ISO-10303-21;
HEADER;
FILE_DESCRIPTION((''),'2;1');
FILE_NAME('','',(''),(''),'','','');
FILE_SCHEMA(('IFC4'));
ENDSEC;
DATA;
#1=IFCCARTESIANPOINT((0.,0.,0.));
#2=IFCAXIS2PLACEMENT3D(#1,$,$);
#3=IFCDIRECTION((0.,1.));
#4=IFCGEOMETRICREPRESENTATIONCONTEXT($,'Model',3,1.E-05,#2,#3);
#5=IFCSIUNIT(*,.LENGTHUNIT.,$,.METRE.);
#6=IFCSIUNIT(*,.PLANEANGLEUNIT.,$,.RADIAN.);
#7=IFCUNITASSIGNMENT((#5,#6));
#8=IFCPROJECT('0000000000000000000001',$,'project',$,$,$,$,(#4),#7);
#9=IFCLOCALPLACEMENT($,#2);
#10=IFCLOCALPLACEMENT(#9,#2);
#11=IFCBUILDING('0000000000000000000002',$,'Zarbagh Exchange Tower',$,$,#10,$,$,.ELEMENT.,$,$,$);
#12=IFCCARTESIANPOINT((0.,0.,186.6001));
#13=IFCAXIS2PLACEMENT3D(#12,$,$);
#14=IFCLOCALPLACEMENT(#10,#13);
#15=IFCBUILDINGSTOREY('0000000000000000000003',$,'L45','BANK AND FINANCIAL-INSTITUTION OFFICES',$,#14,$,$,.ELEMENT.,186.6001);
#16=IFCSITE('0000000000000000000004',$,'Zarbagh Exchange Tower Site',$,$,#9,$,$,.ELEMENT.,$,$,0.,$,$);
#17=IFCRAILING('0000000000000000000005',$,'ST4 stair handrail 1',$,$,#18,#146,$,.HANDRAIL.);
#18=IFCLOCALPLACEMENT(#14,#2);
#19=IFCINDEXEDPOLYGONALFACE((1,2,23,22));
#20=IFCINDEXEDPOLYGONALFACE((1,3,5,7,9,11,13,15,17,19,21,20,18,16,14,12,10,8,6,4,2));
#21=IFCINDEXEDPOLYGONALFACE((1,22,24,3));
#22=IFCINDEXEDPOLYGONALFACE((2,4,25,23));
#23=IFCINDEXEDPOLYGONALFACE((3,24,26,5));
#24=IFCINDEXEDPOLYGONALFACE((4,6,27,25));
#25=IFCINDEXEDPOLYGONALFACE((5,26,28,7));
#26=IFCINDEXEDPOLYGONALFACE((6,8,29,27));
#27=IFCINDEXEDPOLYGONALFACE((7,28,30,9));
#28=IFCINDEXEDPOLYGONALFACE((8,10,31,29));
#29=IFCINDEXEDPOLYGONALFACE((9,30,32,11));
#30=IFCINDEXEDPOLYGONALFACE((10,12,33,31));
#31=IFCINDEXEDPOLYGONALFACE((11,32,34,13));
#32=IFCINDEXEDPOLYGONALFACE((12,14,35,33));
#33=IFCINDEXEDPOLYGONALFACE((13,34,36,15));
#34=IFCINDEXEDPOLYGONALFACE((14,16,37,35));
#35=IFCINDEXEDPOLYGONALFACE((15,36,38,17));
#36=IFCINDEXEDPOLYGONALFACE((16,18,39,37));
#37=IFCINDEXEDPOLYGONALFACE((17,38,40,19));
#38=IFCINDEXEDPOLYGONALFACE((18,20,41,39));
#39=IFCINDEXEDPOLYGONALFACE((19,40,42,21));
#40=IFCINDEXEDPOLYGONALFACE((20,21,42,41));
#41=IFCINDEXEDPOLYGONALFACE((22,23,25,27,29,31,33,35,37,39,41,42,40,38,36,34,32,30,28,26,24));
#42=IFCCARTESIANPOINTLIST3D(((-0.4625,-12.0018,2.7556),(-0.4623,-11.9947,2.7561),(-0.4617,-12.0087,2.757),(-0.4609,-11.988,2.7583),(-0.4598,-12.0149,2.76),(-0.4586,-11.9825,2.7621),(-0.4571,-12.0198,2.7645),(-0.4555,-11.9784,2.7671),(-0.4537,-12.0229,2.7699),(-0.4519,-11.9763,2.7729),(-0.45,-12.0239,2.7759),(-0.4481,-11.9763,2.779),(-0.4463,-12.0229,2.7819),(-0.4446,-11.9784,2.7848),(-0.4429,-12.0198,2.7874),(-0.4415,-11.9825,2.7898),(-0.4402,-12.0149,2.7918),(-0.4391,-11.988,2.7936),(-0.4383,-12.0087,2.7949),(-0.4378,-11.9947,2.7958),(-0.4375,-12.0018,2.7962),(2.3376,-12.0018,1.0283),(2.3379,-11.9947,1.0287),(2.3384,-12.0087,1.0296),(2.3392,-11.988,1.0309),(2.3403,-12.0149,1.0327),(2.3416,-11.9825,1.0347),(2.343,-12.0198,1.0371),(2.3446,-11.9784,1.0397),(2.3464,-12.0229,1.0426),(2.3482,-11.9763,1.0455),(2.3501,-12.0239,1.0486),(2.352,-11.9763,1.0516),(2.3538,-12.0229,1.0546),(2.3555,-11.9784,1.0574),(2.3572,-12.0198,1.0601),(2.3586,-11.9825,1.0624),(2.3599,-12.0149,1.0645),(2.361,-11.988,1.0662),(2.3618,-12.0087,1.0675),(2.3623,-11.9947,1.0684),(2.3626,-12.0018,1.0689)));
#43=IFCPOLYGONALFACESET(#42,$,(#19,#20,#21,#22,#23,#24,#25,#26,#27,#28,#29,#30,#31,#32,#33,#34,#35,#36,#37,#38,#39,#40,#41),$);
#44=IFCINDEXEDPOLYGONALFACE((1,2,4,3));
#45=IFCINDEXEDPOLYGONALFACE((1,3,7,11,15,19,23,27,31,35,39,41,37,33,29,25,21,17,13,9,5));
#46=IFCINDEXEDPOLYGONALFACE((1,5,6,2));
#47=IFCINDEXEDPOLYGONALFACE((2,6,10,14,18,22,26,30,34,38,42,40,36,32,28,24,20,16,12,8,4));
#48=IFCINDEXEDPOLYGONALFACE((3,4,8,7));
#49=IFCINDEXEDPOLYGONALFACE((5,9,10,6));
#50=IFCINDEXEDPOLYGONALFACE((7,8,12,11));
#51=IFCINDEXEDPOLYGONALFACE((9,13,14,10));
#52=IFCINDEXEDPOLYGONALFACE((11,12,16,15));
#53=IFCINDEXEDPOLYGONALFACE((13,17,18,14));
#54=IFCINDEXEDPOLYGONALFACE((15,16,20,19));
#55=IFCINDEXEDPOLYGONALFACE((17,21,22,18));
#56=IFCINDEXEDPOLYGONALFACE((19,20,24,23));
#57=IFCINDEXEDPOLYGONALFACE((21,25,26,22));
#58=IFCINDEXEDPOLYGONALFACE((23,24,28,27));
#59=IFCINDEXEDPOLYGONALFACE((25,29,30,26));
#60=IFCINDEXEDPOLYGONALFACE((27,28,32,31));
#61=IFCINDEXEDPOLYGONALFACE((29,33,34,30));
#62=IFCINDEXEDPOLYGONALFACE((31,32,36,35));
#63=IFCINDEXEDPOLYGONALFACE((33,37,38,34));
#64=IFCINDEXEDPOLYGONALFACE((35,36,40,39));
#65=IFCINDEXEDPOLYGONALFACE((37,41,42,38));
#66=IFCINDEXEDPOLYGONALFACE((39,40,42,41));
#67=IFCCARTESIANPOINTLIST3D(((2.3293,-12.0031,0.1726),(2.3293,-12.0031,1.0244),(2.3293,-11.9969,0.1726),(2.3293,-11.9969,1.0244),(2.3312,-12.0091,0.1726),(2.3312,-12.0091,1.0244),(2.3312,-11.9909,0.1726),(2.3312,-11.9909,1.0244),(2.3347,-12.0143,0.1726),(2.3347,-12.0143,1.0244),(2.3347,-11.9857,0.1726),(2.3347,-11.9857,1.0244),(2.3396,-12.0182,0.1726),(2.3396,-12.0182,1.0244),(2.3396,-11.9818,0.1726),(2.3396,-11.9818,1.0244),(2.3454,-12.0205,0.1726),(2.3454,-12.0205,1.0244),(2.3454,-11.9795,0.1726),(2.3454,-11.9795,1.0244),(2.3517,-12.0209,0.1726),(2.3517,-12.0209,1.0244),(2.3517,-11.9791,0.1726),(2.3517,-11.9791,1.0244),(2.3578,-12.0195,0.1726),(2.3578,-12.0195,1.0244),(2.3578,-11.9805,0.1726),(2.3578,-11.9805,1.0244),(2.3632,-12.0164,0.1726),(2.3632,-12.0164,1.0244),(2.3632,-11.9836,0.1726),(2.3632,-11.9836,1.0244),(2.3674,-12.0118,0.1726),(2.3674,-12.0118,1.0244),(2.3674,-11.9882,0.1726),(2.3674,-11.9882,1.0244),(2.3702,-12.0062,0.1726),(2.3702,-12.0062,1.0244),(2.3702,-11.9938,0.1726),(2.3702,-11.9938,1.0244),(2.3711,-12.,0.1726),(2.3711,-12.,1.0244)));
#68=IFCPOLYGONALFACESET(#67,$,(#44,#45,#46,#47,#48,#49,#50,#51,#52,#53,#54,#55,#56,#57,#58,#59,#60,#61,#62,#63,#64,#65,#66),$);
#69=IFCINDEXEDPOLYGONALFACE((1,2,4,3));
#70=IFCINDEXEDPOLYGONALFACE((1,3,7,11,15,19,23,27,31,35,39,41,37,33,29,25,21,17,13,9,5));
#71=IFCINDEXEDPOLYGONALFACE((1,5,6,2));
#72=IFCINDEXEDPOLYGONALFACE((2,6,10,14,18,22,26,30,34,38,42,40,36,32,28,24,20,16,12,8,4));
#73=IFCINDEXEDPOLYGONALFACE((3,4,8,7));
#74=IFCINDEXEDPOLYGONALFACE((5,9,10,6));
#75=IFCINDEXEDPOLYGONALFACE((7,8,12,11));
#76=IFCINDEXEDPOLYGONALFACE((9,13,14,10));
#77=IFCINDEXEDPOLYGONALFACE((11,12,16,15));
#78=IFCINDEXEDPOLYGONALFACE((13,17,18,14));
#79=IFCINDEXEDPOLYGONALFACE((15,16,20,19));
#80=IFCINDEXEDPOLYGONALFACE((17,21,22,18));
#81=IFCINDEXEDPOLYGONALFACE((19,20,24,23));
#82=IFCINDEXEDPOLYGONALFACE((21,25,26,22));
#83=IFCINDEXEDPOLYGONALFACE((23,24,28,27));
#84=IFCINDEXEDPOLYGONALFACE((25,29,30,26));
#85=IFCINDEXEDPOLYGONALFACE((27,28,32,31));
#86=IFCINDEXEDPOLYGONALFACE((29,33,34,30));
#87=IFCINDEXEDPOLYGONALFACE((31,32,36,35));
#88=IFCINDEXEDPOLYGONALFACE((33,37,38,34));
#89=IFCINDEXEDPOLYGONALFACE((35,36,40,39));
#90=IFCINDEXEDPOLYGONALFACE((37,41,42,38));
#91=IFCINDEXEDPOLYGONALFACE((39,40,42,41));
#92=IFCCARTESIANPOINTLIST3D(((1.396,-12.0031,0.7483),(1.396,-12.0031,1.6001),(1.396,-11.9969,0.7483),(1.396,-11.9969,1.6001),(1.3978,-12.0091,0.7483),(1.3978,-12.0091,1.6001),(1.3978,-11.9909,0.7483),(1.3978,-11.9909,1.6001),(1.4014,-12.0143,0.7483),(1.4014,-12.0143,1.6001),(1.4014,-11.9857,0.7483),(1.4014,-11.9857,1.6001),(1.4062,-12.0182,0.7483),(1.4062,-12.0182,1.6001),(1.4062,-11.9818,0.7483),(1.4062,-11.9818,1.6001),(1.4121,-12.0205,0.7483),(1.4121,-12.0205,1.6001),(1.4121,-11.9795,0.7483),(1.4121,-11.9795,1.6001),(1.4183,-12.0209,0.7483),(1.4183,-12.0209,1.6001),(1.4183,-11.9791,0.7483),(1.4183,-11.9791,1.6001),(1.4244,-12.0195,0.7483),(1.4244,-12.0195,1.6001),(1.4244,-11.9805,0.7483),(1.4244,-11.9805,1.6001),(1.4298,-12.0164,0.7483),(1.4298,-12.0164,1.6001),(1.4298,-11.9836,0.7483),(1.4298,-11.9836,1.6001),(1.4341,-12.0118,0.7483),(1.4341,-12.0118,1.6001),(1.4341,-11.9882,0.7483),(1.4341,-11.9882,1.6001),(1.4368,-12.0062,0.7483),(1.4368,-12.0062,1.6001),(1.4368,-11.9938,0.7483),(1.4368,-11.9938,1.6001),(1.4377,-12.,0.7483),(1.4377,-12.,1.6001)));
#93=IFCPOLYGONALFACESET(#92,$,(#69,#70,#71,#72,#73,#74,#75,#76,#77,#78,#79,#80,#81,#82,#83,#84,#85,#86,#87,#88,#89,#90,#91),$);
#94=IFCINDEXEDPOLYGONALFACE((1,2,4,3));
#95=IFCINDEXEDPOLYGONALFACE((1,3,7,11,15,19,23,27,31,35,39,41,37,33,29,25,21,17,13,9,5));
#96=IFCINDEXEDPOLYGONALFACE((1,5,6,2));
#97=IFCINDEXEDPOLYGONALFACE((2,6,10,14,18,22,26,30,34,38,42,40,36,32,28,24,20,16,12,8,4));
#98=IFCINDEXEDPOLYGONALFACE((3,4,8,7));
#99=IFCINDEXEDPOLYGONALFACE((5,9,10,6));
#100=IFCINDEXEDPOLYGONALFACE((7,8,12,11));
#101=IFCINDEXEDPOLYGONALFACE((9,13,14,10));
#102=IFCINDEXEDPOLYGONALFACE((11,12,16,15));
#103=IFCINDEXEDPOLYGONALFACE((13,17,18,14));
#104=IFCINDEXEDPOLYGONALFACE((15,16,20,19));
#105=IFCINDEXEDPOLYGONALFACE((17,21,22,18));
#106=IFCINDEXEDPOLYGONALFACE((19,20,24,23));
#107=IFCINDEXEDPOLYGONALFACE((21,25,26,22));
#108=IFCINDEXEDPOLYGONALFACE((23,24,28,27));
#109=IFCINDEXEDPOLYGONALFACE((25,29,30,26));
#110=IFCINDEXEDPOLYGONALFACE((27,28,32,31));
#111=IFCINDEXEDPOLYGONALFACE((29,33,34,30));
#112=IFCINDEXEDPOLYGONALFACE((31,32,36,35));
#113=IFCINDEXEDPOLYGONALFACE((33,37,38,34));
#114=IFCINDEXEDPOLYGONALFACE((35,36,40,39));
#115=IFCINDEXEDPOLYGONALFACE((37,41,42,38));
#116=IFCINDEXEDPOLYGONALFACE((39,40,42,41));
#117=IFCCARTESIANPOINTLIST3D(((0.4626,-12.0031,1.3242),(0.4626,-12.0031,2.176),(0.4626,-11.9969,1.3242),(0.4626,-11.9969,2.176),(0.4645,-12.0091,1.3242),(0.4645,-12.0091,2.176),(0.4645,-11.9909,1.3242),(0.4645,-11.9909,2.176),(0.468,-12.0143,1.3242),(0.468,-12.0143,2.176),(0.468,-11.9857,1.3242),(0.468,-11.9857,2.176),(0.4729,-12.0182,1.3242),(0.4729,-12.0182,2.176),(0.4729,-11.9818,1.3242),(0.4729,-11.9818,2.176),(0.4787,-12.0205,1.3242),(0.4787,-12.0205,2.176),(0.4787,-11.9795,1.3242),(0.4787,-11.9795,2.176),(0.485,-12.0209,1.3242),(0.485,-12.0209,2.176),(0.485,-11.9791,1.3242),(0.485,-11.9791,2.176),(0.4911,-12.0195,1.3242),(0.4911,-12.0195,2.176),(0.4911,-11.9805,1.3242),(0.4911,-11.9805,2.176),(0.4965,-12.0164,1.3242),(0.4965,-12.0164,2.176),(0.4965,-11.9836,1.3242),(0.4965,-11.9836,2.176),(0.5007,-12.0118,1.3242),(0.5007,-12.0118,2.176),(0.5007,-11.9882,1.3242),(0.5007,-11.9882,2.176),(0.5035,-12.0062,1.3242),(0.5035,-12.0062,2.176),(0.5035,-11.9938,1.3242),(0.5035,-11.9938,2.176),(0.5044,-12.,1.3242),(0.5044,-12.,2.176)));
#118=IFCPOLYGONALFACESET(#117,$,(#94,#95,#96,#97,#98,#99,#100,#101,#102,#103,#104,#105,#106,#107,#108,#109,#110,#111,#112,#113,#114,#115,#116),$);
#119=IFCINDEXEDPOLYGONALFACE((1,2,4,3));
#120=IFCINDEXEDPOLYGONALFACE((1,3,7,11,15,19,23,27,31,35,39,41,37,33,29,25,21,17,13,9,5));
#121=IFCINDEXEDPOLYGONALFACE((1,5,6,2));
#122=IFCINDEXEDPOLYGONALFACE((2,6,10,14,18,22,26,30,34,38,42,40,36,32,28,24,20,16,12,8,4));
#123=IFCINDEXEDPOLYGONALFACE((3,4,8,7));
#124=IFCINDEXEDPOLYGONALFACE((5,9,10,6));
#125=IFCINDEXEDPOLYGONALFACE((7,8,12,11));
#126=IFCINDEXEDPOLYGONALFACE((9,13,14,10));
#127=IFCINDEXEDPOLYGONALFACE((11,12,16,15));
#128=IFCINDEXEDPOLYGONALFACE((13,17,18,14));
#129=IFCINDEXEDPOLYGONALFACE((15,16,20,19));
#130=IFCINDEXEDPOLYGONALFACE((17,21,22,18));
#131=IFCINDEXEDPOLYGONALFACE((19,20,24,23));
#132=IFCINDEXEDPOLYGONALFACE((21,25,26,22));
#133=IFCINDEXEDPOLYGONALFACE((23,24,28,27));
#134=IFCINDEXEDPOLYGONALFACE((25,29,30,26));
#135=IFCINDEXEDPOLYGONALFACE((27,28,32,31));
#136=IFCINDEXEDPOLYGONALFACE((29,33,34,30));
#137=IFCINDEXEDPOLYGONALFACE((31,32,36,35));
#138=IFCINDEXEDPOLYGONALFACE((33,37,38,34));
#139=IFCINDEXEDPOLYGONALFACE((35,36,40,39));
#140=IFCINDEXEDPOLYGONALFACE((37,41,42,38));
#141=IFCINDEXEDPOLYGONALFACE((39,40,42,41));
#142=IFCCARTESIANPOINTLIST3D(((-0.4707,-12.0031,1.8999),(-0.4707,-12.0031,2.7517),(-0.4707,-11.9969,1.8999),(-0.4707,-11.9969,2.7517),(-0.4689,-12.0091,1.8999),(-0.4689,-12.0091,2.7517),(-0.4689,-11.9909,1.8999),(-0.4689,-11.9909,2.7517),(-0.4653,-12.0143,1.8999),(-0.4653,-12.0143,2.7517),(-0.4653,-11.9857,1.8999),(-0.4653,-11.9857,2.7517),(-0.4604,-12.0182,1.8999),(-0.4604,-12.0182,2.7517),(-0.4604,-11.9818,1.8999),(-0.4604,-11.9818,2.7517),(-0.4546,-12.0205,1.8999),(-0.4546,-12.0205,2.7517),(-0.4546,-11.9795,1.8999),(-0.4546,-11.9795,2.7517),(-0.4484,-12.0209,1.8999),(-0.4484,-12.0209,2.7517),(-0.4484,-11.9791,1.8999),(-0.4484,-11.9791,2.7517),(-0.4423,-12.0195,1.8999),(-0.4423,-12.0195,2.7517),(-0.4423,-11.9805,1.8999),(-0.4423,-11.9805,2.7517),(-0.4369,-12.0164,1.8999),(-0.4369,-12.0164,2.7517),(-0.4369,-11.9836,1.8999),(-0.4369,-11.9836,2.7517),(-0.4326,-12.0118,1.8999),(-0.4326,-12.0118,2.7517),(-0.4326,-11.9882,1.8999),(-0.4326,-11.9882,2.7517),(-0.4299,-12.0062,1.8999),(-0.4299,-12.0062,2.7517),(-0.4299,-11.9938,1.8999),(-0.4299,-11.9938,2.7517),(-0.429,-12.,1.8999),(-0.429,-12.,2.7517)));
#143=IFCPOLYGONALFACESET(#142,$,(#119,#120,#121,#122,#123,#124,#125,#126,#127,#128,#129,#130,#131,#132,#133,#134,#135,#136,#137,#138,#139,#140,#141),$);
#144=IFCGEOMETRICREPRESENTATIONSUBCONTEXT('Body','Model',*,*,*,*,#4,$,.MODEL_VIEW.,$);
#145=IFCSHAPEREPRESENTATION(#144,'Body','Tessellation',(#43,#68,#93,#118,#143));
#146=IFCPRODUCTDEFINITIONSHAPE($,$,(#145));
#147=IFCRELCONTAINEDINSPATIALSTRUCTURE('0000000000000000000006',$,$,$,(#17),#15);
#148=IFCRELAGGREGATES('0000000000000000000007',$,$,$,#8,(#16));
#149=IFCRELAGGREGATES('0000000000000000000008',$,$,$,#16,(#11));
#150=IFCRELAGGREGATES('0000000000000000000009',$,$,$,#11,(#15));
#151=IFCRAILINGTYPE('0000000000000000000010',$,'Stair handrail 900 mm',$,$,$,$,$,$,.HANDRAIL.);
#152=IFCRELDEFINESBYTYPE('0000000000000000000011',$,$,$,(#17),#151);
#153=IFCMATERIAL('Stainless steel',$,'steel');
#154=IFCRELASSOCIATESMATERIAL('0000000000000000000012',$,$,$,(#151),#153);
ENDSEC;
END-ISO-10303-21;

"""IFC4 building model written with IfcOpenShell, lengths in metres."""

from ifc_helpers import new_model, si_unit, direction, frame, origin, origin_2d, place, context, subcontext, project, spatial, circle, extrude, material, type_object, element, save


model = new_model("IFC4")

# Units and contexts
model_context = context("Model", 3, precision=1e-05, world=origin(), true_north=direction((0.0, 1.0)))
body_context = subcontext(model_context, "Body", "Model", "MODEL_VIEW")
ifc_project = project(units=[si_unit("LENGTHUNIT", "METRE"), si_unit("PLANEANGLEUNIT", "RADIAN")], contexts=[model_context])

# Site, building, storey
site_placement = place(None, origin())
site = spatial("IfcSite", under=ifc_project, at=site_placement, Name="Zarbagh Exchange Tower Site", CompositionType="ELEMENT", RefElevation=0.0)
building_placement = place(site_placement, origin())
building = spatial("IfcBuilding", under=site, at=building_placement, Name="Zarbagh Exchange Tower", CompositionType="ELEMENT")
storey_placement = place(building_placement, frame((0.0, 0.0, 186.6001)))
storey = spatial("IfcBuildingStorey", under=building, at=storey_placement, Name="L45", Description="BANK AND FINANCIAL-INSTITUTION OFFICES", CompositionType="ELEMENT", Elevation=186.6001)

# Shared definitions
ifc_material_1 = material(Name="Stainless steel", Category="steel")

# Railing
railing_type_1 = type_object("IfcRailingType", Name="Stair handrail 900 mm", PredefinedType="HANDRAIL", material=ifc_material_1)
for number, where, name in (
    (1, (2.3501, -12.0, 0.1726), "ST4 stair handrail 1"),
):
    element("IfcRailing", number, at=place(storey_placement, frame(where)), inside=storey, type_object=railing_type_1, Name=name, PredefinedType="HANDRAIL", context=body_context, shape_type="SweptSolid", body=[
        extrude(circle(Radius=0.0239, at=origin_2d()), frame((0.0, 0.0, 0.876), z_axis=(-0.85109, 0.0, 0.52502), x_axis=(0.0, -1.0, 0.0)), (0.0, 0.0, 1.0), 3.29),
        extrude(circle(Radius=0.021, at=origin_2d()), origin(), (0.0, 0.0, 1.0), 0.8518),
        extrude(circle(Radius=0.021, at=origin_2d()), frame((-0.9333, 0.0, 0.5757)), (0.0, 0.0, 1.0), 0.8518),
        extrude(circle(Radius=0.021, at=origin_2d()), frame((-1.8667, 0.0, 1.1516)), (0.0, 0.0, 1.0), 0.8518),
        extrude(circle(Radius=0.021, at=origin_2d()), frame((-2.8, 0.0, 1.7273)), (0.0, 0.0, 1.0), 0.8518),
    ])

save(model, "model.ifc")
